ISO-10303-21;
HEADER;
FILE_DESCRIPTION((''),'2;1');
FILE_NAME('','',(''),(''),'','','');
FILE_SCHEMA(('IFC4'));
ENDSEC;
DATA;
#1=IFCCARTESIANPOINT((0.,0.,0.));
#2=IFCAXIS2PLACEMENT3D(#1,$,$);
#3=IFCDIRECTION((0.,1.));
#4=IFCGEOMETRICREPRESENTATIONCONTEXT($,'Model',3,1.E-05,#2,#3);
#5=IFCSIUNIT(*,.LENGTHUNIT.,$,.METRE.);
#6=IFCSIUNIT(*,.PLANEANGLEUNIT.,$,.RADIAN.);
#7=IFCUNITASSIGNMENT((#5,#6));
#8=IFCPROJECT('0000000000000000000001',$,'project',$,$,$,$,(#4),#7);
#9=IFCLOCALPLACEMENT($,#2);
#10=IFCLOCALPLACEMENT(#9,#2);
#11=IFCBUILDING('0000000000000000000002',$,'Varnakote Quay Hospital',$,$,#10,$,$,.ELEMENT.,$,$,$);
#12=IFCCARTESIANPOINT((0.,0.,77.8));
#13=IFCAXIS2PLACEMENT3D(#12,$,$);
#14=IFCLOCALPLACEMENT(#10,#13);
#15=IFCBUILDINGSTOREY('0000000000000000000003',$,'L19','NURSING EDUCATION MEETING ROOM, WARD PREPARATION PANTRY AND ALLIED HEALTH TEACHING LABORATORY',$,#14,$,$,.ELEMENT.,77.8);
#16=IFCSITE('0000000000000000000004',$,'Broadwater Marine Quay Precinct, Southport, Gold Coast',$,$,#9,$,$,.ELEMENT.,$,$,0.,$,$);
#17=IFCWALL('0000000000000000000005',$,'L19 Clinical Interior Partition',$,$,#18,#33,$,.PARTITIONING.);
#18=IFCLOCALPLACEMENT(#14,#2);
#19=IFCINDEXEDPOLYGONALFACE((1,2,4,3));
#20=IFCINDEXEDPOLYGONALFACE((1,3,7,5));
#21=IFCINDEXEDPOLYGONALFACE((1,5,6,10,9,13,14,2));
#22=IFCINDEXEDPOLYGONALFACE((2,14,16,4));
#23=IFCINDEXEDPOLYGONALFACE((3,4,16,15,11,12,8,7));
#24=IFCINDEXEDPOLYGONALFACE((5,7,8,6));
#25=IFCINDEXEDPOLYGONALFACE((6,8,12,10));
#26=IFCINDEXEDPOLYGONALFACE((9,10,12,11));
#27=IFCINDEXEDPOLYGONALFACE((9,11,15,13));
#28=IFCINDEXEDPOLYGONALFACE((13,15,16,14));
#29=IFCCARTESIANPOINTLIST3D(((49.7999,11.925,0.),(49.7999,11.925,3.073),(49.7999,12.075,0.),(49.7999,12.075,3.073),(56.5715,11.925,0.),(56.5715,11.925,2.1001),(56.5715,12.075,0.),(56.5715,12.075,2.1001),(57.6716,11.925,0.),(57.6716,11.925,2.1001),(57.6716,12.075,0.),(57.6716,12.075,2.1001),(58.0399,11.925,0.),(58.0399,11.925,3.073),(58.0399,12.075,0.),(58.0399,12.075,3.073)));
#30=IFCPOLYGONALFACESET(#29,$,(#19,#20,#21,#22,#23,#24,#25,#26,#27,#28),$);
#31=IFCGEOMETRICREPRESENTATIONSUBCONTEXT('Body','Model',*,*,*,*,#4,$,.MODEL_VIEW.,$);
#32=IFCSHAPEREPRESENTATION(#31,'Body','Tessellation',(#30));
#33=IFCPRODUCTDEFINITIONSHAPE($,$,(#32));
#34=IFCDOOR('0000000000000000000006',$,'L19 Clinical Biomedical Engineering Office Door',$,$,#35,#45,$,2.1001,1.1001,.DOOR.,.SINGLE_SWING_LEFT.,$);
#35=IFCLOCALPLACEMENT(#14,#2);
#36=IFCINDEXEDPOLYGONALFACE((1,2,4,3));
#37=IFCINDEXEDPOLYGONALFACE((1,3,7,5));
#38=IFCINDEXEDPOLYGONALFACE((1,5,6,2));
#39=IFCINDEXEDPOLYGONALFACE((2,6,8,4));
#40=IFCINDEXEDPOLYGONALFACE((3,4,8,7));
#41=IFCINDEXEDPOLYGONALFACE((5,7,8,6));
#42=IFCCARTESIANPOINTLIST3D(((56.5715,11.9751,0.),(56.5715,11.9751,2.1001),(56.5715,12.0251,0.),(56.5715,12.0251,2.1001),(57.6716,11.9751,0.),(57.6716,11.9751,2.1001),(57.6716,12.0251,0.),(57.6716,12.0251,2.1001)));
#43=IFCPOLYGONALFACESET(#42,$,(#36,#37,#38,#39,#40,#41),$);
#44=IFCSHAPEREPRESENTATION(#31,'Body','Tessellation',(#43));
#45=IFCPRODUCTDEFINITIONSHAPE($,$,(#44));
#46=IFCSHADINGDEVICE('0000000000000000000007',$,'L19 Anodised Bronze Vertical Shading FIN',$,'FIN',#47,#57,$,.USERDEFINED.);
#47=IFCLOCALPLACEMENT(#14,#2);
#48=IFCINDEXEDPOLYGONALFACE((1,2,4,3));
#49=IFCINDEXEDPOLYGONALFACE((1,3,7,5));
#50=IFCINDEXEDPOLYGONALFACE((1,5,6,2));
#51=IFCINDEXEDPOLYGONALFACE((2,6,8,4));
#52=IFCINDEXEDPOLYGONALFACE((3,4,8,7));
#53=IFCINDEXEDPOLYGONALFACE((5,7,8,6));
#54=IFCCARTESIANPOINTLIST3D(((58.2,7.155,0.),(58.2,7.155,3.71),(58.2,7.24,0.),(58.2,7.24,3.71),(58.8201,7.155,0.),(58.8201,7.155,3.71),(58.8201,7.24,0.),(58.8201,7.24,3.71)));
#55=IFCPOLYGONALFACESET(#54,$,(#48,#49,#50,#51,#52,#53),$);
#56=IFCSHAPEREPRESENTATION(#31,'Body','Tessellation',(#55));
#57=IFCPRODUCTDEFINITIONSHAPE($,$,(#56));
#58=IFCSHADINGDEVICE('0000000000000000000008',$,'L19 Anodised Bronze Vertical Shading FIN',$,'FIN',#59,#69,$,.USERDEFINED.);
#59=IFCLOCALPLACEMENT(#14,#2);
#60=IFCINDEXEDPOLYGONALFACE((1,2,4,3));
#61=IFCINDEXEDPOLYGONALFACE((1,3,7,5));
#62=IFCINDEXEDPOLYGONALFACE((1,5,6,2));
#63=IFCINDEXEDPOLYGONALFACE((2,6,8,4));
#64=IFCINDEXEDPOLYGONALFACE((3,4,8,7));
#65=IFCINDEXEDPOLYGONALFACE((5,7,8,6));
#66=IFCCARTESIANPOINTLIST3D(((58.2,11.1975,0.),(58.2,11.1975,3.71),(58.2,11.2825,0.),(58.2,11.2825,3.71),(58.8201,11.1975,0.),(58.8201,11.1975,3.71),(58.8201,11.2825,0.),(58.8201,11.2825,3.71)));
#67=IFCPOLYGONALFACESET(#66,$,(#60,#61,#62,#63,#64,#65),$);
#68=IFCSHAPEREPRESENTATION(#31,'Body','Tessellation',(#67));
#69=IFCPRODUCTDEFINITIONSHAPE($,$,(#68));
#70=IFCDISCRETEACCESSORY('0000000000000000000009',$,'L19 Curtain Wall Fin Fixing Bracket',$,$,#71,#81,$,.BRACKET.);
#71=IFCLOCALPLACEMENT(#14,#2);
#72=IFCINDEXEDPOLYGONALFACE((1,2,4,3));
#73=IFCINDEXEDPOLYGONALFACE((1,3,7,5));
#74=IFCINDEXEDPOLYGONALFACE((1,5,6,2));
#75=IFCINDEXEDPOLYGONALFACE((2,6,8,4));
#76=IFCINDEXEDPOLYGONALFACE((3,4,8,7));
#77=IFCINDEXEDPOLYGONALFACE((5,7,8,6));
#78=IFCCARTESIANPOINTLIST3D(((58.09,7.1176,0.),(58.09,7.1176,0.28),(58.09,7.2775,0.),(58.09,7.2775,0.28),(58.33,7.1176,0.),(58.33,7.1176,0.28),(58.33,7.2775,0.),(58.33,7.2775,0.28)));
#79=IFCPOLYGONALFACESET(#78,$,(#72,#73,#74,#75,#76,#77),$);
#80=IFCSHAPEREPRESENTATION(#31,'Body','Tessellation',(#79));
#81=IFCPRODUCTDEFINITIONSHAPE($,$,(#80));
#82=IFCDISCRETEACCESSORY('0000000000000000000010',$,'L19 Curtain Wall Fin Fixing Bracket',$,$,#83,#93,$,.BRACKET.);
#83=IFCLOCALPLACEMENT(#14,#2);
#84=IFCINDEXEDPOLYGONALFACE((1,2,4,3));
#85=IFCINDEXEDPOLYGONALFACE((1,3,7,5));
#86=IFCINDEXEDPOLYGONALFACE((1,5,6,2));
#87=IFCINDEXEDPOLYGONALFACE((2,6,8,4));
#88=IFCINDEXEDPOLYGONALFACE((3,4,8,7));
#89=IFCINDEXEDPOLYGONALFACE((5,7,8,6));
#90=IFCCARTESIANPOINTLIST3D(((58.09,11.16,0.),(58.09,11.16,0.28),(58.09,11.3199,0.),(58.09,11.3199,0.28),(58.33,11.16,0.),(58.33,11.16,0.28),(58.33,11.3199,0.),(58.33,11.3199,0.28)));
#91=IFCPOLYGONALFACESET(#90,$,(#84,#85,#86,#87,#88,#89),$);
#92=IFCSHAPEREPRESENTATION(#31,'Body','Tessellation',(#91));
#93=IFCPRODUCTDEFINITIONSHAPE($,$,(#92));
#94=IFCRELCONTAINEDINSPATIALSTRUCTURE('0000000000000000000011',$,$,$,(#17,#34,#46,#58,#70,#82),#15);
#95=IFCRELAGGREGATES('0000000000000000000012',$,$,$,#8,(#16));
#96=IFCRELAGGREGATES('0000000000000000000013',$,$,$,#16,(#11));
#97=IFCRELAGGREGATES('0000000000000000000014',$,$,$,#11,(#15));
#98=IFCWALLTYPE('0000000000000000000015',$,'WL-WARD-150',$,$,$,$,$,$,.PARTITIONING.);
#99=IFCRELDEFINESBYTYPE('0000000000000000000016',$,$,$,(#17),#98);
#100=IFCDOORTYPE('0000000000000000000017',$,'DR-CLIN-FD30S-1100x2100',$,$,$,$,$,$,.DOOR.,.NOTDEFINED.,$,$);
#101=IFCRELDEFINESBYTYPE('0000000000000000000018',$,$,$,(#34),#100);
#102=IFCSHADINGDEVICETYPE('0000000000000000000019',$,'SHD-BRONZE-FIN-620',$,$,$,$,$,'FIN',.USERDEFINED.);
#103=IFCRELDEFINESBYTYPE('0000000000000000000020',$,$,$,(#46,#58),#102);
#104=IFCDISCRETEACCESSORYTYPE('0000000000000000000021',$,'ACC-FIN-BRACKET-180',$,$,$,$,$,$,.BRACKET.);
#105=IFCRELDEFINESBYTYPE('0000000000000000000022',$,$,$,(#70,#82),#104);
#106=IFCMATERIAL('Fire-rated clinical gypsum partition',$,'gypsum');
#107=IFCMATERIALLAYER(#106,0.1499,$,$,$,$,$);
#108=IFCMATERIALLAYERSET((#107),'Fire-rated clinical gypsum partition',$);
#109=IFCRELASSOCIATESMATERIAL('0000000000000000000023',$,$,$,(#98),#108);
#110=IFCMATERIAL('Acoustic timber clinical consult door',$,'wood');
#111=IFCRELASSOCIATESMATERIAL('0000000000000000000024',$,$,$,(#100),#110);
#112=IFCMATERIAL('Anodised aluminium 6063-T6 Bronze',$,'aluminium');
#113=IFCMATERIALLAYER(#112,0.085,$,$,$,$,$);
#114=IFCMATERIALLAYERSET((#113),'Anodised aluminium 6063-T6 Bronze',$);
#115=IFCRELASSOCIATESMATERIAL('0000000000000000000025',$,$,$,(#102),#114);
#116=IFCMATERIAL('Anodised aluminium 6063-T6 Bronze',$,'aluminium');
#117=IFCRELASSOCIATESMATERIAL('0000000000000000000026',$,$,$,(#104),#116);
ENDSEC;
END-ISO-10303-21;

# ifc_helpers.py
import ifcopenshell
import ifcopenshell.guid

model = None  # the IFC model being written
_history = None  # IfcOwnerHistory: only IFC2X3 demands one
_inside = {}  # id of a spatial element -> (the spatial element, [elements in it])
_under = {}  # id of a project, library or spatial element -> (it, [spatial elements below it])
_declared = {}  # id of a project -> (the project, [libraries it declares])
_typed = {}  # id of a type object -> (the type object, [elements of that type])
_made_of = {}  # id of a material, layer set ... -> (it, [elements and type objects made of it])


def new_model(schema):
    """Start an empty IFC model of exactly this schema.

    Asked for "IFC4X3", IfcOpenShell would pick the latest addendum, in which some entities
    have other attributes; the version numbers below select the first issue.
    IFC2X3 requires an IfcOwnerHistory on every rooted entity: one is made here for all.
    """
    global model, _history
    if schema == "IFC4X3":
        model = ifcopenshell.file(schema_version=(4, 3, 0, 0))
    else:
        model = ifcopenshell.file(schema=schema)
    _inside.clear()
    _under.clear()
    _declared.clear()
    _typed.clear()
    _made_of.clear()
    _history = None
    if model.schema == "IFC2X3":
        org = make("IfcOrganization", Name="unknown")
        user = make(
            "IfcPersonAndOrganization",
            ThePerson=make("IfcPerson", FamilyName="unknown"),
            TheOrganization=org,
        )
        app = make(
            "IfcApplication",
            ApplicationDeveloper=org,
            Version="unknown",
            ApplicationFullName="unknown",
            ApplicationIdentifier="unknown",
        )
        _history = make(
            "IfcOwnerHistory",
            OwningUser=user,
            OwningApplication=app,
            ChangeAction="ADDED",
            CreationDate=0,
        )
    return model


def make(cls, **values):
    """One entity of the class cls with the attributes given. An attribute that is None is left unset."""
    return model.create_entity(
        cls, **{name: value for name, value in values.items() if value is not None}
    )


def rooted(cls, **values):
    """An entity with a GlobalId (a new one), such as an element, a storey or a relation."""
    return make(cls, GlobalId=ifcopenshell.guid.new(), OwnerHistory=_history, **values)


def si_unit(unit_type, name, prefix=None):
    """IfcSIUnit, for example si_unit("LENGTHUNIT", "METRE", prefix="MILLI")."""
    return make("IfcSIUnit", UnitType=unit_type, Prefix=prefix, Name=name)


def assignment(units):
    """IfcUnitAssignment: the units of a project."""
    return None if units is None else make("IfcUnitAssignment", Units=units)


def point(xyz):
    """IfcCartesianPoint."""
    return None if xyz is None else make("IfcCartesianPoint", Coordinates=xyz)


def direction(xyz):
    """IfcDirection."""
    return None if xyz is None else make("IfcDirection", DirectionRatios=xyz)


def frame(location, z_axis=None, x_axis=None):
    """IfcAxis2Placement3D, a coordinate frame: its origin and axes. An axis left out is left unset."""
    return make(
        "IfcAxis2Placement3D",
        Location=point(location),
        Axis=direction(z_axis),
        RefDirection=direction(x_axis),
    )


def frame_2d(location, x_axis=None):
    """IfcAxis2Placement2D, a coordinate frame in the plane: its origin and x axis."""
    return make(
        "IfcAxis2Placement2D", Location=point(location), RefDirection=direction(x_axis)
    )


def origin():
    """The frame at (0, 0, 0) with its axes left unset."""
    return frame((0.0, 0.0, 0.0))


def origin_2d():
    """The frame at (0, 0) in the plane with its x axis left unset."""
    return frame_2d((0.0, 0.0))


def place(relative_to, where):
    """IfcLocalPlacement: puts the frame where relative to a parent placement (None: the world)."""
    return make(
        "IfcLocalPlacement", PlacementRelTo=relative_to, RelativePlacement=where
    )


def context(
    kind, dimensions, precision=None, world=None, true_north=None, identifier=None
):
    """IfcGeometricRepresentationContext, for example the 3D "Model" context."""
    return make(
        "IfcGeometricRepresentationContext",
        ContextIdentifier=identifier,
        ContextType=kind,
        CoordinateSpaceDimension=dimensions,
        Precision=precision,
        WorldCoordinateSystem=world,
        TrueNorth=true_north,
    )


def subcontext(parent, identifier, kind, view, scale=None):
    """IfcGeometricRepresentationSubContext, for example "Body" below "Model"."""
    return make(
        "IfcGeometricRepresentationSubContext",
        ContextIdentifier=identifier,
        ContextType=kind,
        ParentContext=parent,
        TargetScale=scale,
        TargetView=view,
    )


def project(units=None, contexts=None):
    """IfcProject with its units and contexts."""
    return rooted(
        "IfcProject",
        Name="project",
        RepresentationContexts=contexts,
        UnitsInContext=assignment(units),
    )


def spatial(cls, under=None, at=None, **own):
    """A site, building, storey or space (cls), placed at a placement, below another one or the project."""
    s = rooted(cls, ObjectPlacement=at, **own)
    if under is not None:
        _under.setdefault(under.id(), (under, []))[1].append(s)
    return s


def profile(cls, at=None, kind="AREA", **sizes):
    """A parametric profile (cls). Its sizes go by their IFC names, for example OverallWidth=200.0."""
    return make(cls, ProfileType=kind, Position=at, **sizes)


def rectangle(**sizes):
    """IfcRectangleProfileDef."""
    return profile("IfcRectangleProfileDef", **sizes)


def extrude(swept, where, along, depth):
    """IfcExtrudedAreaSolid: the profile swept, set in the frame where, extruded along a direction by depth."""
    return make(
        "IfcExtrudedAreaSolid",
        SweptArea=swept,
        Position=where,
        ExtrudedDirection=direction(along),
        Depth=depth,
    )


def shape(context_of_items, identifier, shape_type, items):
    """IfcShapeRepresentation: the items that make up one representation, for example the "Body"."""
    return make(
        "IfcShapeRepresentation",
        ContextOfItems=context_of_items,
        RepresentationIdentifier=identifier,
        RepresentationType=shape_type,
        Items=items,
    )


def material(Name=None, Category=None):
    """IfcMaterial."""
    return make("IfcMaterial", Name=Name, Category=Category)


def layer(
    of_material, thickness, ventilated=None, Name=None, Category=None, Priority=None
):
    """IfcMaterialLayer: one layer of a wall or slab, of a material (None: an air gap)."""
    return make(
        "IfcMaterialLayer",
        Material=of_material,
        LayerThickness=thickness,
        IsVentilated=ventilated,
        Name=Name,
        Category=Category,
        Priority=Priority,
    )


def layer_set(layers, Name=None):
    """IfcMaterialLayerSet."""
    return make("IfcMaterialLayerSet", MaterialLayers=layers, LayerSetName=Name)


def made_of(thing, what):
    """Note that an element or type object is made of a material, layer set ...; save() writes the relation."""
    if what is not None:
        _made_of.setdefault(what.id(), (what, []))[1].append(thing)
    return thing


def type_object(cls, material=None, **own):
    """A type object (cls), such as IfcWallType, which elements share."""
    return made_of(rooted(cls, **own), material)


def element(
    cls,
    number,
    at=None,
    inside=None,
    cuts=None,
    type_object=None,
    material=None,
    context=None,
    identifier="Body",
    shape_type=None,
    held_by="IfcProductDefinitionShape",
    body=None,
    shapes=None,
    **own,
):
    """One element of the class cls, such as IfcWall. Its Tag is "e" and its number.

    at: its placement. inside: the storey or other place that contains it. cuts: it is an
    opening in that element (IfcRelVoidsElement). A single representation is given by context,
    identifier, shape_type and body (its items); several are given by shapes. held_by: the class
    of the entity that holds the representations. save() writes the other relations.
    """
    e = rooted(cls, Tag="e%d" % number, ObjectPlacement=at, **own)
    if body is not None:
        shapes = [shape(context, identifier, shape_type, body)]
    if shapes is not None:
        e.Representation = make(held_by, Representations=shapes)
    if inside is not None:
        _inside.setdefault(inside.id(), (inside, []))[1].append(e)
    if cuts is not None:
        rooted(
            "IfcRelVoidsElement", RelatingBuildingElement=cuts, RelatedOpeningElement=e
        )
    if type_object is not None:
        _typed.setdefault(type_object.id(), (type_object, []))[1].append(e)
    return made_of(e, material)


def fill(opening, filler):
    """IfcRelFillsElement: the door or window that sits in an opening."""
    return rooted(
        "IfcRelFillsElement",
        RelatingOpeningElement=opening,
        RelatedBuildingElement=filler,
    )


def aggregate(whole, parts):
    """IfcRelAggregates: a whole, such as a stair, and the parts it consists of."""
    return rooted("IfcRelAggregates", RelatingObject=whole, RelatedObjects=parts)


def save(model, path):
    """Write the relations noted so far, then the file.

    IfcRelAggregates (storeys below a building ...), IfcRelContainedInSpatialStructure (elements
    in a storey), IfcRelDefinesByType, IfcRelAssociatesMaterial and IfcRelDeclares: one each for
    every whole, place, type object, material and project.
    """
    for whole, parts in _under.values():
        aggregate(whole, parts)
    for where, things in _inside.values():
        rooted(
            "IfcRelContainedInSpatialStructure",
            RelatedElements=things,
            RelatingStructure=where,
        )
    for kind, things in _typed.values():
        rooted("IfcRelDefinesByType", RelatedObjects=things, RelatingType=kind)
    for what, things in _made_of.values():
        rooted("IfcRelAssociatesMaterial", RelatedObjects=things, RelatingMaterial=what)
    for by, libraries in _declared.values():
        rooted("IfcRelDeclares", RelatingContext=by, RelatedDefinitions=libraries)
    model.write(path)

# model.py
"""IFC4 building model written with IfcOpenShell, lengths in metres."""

from ifc_helpers import new_model, si_unit, direction, frame, frame_2d, origin, origin_2d, place, context, subcontext, project, spatial, rectangle, extrude, material, layer, layer_set, type_object, element, fill, save


model = new_model("IFC4")

# Units and contexts
model_context = context("Model", 3, precision=1e-05, world=origin(), true_north=direction((0.0, 1.0)))
body_context = subcontext(model_context, "Body", "Model", "MODEL_VIEW")
ifc_project = project(units=[si_unit("LENGTHUNIT", "METRE"), si_unit("PLANEANGLEUNIT", "RADIAN")], contexts=[model_context])

# Site, building, storey
site_placement = place(None, origin())
site = spatial("IfcSite", under=ifc_project, at=site_placement, Name="Broadwater Marine Quay Precinct, Southport, Gold Coast", CompositionType="ELEMENT", RefElevation=0.0)
building_placement = place(site_placement, origin())
building = spatial("IfcBuilding", under=site, at=building_placement, Name="Varnakote Quay Hospital", CompositionType="ELEMENT")
storey_placement = place(building_placement, frame((0.0, 0.0, 77.8)))
storey = spatial("IfcBuildingStorey", under=building, at=storey_placement, Name="L19", Description="NURSING EDUCATION MEETING ROOM, WARD PREPARATION PANTRY AND ALLIED HEALTH TEACHING LABORATORY", CompositionType="ELEMENT", Elevation=77.8)

# Wall, opening, door
ifc_material_1 = material(Name="Fire-rated clinical gypsum partition", Category="gypsum")
ifc_layer_1 = layer(ifc_material_1, 0.1499)
ifc_layer_set_1 = layer_set([ifc_layer_1], Name="Fire-rated clinical gypsum partition")
wall_type_1 = type_object("IfcWallType", Name="WL-WARD-150", PredefinedType="PARTITIONING", material=ifc_layer_set_1)
wall_1_placement = place(storey_placement, frame((58.04, 12.0, 0.0), z_axis=(0.0, 0.0, 1.0), x_axis=(-1.0, 0.0, 0.0)))
wall_1 = element("IfcWall", 1, at=wall_1_placement, inside=storey, type_object=wall_type_1, Name="L19 Clinical Interior Partition", PredefinedType="PARTITIONING", context=body_context, shape_type="SweptSolid", body=[
    extrude(rectangle(XDim=8.24, YDim=0.1499, at=frame_2d((4.1201, 0.0))), origin(), (0.0, 0.0, 1.0), 3.073),
])
opening_placement = place(wall_1_placement, frame((0.3684, 0.0, 0.0)))
opening = element("IfcOpeningElement", 2, at=opening_placement, cuts=wall_1, PredefinedType="OPENING", context=body_context, shape_type="SweptSolid", body=[
    extrude(rectangle(XDim=1.1001, YDim=2.1001, at=frame_2d((0.55, 1.05))), frame((0.0, 0.085, 0.0), z_axis=(0.0, -1.0, 0.0), x_axis=(1.0, 0.0, 0.0)), (0.0, 0.0, 1.0), 0.1699),
])
ifc_material_2 = material(Name="Acoustic timber clinical consult door", Category="wood")
door_type = type_object("IfcDoorType", Name="DR-CLIN-FD30S-1100x2100", OperationType="NOTDEFINED", PredefinedType="DOOR", material=ifc_material_2)
door_placement = place(opening_placement, origin())
door = element("IfcDoor", 3, at=door_placement, inside=storey, type_object=door_type, Name="L19 Clinical Biomedical Engineering Office Door", OperationType="SINGLE_SWING_LEFT", OverallHeight=2.1001, OverallWidth=1.1001, PredefinedType="DOOR", context=body_context, shape_type="SweptSolid", body=[
    extrude(rectangle(XDim=1.1001, YDim=2.1001, at=frame_2d((0.55, 1.05))), frame((0.0, 0.0249, 0.0), z_axis=(0.0, -1.0, 0.0), x_axis=(1.0, 0.0, 0.0)), (0.0, 0.0, 1.0), 0.05),
])
fill(opening, door)

# Shading devices
ifc_material_3 = material(Name="Anodised aluminium 6063-T6 Bronze", Category="aluminium")
ifc_layer_2 = layer(ifc_material_3, 0.085)
ifc_layer_set_2 = layer_set([ifc_layer_2], Name="Anodised aluminium 6063-T6 Bronze")
shading_device_type = type_object("IfcShadingDeviceType", Name="SHD-BRONZE-FIN-620", ElementType="FIN", PredefinedType="USERDEFINED", material=ifc_layer_set_2)
for number, where, z_axis, x_axis, name in (
    (4, (58.51, 7.1975, 0.0), (0.0, 0.0, 1.0), (-1.0, 0.0, 0.0), "L19 Anodised Bronze Vertical Shading FIN"),
    (5, (58.51, 11.24, 0.0), (0.0, 0.0, 1.0), (-1.0, 0.0, 0.0), "L19 Anodised Bronze Vertical Shading FIN"),
):
    element("IfcShadingDevice", number, at=place(storey_placement, frame(where, z_axis=z_axis, x_axis=x_axis)), inside=storey, type_object=shading_device_type, Name=name, ObjectType="FIN", PredefinedType="USERDEFINED", context=body_context, shape_type="SweptSolid", body=[
        extrude(rectangle(XDim=0.6201, YDim=0.085, at=origin_2d()), origin(), (0.0, 0.0, 1.0), 3.71),
    ])

# Discrete accessories
ifc_material_4 = material(Name="Anodised aluminium 6063-T6 Bronze", Category="aluminium")
discrete_accessory_type = type_object("IfcDiscreteAccessoryType", Name="ACC-FIN-BRACKET-180", PredefinedType="BRACKET", material=ifc_material_4)
for number, where, z_axis, x_axis, name in (
    (6, (58.21, 7.1975, 0.0), (0.0, 0.0, 1.0), (0.0, 1.0, 0.0), "L19 Curtain Wall Fin Fixing Bracket"),
    (7, (58.21, 11.24, 0.0), (0.0, 0.0, 1.0), (0.0, 1.0, 0.0), "L19 Curtain Wall Fin Fixing Bracket"),
):
    element("IfcDiscreteAccessory", number, at=place(storey_placement, frame(where, z_axis=z_axis, x_axis=x_axis)), inside=storey, type_object=discrete_accessory_type, Name=name, PredefinedType="BRACKET", context=body_context, shape_type="SweptSolid", body=[
        extrude(rectangle(XDim=0.1599, YDim=0.24, at=origin_2d()), origin(), (0.0, 0.0, 1.0), 0.28),
    ])

save(model, "model.ifc")
